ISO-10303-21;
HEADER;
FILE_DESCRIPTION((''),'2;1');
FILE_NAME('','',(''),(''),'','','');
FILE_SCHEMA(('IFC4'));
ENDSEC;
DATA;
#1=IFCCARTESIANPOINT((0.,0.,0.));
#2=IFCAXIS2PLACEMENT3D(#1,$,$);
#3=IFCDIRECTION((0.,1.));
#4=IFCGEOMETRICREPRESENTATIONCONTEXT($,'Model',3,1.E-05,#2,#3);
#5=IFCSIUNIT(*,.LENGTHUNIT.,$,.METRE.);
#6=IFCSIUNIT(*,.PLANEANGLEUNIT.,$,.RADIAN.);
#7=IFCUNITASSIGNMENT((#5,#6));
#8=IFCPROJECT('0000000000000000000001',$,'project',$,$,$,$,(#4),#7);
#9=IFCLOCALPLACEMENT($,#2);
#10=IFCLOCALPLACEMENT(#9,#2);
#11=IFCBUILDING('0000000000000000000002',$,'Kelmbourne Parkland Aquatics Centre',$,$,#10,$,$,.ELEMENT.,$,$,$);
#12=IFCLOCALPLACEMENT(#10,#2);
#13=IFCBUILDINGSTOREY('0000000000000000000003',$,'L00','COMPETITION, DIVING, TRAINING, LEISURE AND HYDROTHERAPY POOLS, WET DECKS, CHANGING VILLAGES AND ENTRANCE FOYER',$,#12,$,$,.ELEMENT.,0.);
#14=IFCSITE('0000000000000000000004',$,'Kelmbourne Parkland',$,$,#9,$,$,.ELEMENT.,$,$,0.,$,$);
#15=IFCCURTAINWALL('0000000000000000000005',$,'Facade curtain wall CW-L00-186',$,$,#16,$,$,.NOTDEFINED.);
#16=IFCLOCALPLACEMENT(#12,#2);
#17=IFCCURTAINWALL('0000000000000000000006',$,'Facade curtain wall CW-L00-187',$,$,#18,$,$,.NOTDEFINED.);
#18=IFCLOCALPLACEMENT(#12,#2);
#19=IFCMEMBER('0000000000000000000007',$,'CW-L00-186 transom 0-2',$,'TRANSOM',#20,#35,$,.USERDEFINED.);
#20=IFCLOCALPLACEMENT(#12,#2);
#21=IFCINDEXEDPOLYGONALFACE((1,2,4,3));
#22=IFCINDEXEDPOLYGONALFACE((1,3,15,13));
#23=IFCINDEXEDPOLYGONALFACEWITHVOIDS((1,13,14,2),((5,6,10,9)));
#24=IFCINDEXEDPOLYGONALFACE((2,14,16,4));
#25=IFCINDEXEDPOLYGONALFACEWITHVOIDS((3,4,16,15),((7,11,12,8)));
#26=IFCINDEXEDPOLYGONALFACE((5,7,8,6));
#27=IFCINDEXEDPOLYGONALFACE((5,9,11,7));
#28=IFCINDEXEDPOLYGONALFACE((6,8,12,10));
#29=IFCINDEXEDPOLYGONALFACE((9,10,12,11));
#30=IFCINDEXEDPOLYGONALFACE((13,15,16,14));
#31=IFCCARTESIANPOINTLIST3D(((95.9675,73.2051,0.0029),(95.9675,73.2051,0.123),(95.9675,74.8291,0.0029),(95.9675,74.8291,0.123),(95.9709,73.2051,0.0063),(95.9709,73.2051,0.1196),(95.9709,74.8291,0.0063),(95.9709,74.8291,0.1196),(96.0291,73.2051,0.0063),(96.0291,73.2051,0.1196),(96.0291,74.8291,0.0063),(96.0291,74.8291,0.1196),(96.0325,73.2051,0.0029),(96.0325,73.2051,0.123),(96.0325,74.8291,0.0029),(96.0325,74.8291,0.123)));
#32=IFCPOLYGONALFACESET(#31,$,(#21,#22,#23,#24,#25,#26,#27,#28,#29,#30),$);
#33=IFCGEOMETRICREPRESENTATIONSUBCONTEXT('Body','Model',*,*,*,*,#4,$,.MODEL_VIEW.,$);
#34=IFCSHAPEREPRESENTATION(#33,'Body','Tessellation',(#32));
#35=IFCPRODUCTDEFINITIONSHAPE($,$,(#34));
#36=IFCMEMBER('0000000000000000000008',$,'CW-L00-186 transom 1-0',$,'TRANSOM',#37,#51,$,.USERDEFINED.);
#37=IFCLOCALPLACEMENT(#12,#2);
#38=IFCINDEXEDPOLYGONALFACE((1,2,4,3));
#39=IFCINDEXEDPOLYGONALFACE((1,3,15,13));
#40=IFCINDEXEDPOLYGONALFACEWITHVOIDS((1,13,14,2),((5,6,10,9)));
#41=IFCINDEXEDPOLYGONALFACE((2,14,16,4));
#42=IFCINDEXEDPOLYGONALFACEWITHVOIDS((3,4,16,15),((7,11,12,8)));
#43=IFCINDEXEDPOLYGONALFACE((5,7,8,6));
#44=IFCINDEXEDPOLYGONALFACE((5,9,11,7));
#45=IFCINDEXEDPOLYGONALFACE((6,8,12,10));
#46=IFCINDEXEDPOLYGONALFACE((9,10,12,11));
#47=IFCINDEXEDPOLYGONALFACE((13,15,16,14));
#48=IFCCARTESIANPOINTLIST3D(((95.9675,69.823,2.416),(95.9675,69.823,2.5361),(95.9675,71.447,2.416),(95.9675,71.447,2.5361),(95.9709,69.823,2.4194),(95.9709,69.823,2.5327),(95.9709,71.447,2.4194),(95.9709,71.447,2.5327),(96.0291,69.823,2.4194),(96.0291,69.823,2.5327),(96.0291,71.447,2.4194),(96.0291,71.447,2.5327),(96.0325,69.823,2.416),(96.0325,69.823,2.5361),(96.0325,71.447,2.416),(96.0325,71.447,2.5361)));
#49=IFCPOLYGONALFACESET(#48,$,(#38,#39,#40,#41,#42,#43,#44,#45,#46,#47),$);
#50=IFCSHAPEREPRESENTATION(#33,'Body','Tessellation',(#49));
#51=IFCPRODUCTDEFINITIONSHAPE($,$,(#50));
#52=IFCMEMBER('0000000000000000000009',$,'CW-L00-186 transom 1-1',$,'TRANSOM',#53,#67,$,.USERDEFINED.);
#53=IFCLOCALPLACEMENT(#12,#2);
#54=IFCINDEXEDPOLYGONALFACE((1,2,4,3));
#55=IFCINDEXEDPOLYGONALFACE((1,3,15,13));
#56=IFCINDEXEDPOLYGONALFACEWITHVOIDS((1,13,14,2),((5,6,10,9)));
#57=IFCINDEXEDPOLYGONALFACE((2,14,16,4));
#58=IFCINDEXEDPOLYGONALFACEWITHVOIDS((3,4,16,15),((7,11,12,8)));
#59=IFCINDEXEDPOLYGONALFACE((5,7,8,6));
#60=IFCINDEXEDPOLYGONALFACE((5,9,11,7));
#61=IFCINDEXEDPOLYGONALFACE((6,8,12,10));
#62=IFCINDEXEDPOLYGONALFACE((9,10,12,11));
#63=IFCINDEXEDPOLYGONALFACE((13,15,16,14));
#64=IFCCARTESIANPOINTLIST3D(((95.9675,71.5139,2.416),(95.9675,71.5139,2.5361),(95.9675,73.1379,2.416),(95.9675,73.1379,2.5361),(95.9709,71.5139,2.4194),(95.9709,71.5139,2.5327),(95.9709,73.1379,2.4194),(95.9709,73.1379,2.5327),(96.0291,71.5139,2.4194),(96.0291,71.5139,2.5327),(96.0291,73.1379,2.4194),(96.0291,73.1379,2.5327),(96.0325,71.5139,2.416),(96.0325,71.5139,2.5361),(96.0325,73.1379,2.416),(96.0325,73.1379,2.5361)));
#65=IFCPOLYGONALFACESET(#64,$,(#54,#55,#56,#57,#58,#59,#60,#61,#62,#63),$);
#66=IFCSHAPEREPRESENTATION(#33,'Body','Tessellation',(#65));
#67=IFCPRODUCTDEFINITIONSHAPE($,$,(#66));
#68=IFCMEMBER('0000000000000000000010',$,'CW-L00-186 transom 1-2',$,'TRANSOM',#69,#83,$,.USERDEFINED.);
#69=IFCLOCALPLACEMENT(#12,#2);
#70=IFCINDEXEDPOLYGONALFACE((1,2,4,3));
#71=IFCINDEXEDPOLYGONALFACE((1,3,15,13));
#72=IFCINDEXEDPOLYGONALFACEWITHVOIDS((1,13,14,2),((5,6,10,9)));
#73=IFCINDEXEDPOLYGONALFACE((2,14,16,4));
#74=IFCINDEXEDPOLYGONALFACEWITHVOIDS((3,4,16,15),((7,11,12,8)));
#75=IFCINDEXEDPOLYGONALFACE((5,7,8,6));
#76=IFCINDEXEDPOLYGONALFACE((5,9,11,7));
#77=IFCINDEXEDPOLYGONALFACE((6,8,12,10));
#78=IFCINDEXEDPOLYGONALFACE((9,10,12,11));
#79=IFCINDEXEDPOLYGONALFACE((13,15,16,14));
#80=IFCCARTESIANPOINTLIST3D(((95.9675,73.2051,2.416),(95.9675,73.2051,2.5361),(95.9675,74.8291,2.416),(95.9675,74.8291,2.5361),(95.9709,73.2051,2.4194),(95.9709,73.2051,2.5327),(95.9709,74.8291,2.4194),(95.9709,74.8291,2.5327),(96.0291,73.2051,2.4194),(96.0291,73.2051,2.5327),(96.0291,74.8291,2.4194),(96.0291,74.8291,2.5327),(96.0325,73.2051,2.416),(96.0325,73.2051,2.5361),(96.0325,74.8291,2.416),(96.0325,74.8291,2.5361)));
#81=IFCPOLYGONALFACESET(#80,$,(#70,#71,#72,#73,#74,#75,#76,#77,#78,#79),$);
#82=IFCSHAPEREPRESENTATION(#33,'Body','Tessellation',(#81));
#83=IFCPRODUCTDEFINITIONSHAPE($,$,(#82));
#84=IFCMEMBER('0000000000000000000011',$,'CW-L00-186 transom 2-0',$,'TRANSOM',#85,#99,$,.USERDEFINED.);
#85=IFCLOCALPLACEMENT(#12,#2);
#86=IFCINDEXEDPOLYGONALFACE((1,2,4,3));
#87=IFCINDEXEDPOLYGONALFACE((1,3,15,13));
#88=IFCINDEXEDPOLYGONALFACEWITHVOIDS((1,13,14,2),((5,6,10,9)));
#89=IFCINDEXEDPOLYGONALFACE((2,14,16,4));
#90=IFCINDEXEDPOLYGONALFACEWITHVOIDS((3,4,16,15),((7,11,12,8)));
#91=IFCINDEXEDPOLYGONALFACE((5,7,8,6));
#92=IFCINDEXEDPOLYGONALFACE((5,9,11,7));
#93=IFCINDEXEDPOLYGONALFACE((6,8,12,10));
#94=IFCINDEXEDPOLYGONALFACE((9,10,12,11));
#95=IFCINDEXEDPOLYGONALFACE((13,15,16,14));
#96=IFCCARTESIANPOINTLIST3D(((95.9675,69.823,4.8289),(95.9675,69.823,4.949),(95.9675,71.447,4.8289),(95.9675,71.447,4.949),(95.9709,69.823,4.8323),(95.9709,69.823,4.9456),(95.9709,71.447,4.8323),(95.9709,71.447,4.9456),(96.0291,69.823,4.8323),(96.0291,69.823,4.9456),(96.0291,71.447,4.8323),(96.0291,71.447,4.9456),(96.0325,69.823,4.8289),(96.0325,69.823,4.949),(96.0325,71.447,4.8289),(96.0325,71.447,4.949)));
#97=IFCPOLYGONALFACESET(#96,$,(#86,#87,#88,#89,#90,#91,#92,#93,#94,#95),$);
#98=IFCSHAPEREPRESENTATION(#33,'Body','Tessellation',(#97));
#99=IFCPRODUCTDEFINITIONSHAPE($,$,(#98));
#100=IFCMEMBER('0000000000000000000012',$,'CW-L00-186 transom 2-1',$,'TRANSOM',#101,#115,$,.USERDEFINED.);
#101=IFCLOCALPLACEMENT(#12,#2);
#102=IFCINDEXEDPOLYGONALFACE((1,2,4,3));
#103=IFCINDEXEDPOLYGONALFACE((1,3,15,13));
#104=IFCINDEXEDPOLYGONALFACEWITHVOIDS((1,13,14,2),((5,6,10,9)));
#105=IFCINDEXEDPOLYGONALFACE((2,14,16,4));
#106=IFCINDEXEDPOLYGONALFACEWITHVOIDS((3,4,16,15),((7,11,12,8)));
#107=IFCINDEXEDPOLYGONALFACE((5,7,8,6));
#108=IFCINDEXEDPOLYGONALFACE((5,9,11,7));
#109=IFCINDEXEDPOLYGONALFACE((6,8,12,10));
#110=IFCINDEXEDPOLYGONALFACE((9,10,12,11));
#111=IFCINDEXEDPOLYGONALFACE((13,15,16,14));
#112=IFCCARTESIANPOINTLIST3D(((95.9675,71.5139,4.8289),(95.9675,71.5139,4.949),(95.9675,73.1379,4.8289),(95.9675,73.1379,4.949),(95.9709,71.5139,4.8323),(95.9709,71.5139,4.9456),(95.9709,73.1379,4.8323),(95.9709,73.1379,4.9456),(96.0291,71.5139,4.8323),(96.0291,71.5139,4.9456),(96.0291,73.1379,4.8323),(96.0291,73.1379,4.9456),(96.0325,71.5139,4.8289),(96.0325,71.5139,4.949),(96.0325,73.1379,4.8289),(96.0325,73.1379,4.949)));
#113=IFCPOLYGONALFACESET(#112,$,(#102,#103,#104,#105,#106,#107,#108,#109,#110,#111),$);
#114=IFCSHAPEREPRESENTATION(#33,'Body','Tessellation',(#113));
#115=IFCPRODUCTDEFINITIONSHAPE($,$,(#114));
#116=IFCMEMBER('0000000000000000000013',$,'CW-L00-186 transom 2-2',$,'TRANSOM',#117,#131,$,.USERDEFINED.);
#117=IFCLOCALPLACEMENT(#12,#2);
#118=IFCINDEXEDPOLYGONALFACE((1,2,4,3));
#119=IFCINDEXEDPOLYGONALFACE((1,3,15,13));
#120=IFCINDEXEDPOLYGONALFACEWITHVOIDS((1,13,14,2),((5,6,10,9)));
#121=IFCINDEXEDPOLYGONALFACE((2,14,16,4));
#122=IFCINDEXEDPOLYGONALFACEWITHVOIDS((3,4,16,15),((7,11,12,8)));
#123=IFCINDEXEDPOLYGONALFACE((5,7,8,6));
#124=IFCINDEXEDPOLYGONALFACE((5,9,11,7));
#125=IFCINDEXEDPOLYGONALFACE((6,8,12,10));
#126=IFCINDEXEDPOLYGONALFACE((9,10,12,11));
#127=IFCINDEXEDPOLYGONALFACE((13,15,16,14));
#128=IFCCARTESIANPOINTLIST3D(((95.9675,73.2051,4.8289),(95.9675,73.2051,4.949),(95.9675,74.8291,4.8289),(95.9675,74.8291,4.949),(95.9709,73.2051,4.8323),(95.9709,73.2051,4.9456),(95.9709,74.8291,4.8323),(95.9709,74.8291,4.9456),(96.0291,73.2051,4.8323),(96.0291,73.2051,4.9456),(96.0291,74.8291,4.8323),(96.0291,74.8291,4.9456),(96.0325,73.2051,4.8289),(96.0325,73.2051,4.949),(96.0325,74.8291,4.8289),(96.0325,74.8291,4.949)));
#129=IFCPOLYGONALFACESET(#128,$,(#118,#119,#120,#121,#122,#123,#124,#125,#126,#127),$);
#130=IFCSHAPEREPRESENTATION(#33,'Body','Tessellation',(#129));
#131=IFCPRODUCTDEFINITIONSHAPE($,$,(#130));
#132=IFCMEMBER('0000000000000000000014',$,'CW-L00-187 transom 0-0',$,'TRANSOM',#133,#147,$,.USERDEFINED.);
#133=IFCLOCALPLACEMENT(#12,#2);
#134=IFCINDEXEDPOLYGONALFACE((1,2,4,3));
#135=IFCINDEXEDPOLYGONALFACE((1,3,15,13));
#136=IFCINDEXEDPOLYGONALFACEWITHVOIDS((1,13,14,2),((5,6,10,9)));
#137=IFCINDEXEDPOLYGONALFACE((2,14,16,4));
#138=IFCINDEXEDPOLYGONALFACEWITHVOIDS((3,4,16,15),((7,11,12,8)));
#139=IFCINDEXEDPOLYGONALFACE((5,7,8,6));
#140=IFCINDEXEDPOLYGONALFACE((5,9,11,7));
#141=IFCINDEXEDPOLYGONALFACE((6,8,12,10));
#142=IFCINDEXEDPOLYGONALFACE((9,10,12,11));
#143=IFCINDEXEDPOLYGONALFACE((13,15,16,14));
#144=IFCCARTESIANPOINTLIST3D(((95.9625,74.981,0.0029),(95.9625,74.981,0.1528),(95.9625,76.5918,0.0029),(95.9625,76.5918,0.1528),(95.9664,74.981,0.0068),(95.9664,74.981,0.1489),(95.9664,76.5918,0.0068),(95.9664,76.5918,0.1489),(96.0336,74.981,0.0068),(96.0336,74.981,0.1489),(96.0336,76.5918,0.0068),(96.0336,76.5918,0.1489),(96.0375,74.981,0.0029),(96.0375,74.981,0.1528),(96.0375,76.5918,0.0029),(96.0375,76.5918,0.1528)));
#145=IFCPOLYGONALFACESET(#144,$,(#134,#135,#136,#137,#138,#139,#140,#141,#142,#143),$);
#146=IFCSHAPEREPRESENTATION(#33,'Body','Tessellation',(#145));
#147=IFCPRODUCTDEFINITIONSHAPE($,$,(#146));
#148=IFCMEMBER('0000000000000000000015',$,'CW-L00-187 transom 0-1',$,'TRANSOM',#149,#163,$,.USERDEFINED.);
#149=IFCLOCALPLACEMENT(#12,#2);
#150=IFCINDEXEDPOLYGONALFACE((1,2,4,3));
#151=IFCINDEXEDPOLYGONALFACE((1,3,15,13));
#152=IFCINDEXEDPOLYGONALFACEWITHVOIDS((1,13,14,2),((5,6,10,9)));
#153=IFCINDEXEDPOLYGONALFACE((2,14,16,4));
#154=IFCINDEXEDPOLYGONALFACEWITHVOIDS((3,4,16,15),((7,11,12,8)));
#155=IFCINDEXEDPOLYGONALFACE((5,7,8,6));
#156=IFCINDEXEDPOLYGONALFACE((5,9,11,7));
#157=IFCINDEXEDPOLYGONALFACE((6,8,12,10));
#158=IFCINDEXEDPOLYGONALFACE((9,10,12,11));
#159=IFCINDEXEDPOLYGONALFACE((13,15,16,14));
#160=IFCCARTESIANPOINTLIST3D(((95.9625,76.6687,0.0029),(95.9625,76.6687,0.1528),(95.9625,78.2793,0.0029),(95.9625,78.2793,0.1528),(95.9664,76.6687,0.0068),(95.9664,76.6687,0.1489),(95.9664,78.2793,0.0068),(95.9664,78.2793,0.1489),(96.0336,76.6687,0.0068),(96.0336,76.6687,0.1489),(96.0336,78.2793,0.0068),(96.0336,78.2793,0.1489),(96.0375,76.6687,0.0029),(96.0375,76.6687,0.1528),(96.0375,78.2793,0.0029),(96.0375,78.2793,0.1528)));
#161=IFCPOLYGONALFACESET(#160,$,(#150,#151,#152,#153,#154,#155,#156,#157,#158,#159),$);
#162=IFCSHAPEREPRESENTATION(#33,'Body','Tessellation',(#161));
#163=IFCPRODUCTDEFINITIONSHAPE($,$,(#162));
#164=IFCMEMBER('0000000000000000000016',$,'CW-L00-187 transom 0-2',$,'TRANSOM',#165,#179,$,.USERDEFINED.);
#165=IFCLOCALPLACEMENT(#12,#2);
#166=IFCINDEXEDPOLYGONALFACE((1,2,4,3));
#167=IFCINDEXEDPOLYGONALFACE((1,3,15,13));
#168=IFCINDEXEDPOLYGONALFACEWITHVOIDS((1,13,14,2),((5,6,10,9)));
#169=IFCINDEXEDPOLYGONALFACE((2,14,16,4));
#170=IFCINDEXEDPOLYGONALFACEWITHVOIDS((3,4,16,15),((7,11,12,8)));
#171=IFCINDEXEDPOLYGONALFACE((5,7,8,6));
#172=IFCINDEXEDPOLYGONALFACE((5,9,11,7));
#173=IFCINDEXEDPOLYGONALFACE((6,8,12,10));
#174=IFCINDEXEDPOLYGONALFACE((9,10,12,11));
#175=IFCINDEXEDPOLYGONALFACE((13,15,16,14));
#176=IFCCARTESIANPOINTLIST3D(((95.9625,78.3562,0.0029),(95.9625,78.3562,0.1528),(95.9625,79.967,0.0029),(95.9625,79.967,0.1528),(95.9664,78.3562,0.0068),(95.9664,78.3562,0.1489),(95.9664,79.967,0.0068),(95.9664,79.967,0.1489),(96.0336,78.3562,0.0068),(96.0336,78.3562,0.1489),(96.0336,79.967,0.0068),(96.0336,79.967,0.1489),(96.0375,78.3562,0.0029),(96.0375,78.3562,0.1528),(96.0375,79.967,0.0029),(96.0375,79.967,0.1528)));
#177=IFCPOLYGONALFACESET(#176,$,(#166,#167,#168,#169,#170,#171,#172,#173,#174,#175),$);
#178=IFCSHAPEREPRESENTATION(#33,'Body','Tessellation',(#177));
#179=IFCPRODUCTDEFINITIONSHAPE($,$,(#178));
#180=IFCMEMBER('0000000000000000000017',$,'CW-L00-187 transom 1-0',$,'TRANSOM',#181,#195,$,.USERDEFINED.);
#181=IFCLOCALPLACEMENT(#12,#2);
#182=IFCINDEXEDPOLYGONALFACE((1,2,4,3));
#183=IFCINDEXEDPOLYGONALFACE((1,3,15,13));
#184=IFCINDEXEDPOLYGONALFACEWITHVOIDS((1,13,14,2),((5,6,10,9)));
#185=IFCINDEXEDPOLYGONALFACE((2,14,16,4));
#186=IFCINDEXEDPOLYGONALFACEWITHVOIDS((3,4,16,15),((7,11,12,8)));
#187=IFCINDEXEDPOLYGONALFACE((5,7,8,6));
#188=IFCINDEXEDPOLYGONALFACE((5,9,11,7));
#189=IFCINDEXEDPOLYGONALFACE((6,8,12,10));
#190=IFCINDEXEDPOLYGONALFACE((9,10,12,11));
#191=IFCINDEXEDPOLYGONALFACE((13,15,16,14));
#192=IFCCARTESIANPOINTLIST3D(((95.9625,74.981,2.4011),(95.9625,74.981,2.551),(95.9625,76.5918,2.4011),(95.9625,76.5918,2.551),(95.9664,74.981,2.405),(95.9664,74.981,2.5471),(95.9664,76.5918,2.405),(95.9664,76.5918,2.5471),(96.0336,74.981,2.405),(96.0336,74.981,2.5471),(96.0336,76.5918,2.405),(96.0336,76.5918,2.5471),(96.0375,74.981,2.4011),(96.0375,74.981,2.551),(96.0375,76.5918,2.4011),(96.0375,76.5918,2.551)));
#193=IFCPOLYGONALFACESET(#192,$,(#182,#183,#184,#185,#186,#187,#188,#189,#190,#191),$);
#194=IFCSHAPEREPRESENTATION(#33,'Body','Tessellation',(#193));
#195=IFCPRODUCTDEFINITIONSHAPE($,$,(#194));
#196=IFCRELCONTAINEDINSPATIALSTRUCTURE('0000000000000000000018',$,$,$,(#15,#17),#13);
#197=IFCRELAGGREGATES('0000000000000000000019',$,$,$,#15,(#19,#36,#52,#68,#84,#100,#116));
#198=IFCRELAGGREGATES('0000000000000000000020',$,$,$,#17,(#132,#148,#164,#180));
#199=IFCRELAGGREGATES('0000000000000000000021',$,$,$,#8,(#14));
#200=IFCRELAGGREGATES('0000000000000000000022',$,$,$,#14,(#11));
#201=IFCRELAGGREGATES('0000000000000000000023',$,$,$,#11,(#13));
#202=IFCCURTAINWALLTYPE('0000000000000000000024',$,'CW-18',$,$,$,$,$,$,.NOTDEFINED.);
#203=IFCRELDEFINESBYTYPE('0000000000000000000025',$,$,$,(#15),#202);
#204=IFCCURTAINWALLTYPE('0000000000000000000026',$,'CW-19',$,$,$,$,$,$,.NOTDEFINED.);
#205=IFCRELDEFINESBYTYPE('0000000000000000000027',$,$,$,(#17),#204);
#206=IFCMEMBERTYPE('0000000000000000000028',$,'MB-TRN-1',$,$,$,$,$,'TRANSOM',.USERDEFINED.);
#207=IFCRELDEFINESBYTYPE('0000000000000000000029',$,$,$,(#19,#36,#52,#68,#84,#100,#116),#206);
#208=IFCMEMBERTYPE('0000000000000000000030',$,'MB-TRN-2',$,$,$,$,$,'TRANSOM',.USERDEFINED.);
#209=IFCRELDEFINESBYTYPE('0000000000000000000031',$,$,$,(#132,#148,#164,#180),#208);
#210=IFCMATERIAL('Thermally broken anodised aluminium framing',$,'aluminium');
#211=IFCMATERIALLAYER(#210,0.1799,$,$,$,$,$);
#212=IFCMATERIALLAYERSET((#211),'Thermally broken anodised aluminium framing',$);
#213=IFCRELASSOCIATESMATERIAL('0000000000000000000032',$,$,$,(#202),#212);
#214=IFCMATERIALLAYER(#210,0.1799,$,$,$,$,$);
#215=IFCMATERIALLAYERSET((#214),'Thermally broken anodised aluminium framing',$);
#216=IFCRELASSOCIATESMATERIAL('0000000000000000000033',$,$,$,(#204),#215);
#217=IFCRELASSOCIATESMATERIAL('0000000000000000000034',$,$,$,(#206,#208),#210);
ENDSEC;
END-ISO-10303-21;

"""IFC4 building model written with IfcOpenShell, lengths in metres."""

from ifc_helpers import new_model, si_unit, direction, frame, origin, origin_2d, place, context, subcontext, project, spatial, hollow_rectangle, extrude, material, layer, layer_set, material_profile, profile_set, type_object, element, aggregate, save


model = new_model("IFC4")

# Units and contexts
model_context = context("Model", 3, precision=1e-05, world=origin(), true_north=direction((0.0, 1.0)))
body_context = subcontext(model_context, "Body", "Model", "MODEL_VIEW")
ifc_project = project(units=[si_unit("LENGTHUNIT", "METRE"), si_unit("PLANEANGLEUNIT", "RADIAN")], contexts=[model_context])

# Site, building, storey
site_placement = place(None, origin())
site = spatial("IfcSite", under=ifc_project, at=site_placement, Name="Kelmbourne Parkland", CompositionType="ELEMENT", RefElevation=0.0)
building_placement = place(site_placement, origin())
building = spatial("IfcBuilding", under=site, at=building_placement, Name="Kelmbourne Parkland Aquatics Centre", CompositionType="ELEMENT")
storey_placement = place(building_placement, origin())
storey = spatial("IfcBuildingStorey", under=building, at=storey_placement, Name="L00", Description="COMPETITION, DIVING, TRAINING, LEISURE AND HYDROTHERAPY POOLS, WET DECKS, CHANGING VILLAGES AND ENTRANCE FOYER", CompositionType="ELEMENT", Elevation=0.0)

# Curtain walls
ifc_material_1 = material(Name="Thermally broken anodised aluminium framing", Category="aluminium")
ifc_layer_1 = layer(ifc_material_1, 0.1799)
ifc_layer_set_1 = layer_set([ifc_layer_1], Name="Thermally broken anodised aluminium framing")
curtain_wall_type_1 = type_object("IfcCurtainWallType", Name="CW-18", PredefinedType="NOTDEFINED", material=ifc_layer_set_1)
curtain_wall_1_placement = place(storey_placement, origin())
curtain_wall_1 = element("IfcCurtainWall", 1, at=curtain_wall_1_placement, inside=storey, type_object=curtain_wall_type_1, Name="Facade curtain wall CW-L00-186", PredefinedType="NOTDEFINED")
ifc_layer_2 = layer(ifc_material_1, 0.1799)
ifc_layer_set_2 = layer_set([ifc_layer_2], Name="Thermally broken anodised aluminium framing")
curtain_wall_type_2 = type_object("IfcCurtainWallType", Name="CW-19", PredefinedType="NOTDEFINED", material=ifc_layer_set_2)
curtain_wall_2_placement = place(storey_placement, origin())
curtain_wall_2 = element("IfcCurtainWall", 2, at=curtain_wall_2_placement, inside=storey, type_object=curtain_wall_type_2, Name="Facade curtain wall CW-L00-187", PredefinedType="NOTDEFINED")

# Members
ifc_material_profile_1 = material_profile(ifc_material_1, hollow_rectangle(XDim=0.0649, YDim=0.1201, WallThickness=0.0034, at=origin_2d()), Name="CW-T 65x120")
ifc_profile_set_1 = profile_set([ifc_material_profile_1], Name="Thermally broken anodised aluminium framing")
member_type_1 = type_object("IfcMemberType", Name="MB-TRN-1", ElementType="TRANSOM", PredefinedType="USERDEFINED", material=ifc_profile_set_1)
member_1_placement = place(storey_placement, frame((96.0, 73.2051, 0.063), z_axis=(0.0, 1.0, 0.0), x_axis=(-1.0, 0.0, 0.0)))
member_1 = element("IfcMember", 3, at=member_1_placement, type_object=member_type_1, Name="CW-L00-186 transom 0-2", ObjectType="TRANSOM", PredefinedType="USERDEFINED", context=body_context, shape_type="SweptSolid", body=[
    extrude(hollow_rectangle(XDim=0.0649, YDim=0.1201, WallThickness=0.0034, at=origin_2d()), origin(), (0.0, 0.0, 1.0), 1.624),
])
member_2_placement = place(storey_placement, frame((96.0, 69.823, 2.4761), z_axis=(0.0, 1.0, 0.0), x_axis=(-1.0, 0.0, 0.0)))
member_2 = element("IfcMember", 4, at=member_2_placement, type_object=member_type_1, Name="CW-L00-186 transom 1-0", ObjectType="TRANSOM", PredefinedType="USERDEFINED", context=body_context, shape_type="SweptSolid", body=[
    extrude(hollow_rectangle(XDim=0.0649, YDim=0.1201, WallThickness=0.0034, at=origin_2d()), origin(), (0.0, 0.0, 1.0), 1.624),
])
member_3_placement = place(storey_placement, frame((96.0, 71.5139, 2.4761), z_axis=(0.0, 1.0, 0.0), x_axis=(-1.0, 0.0, 0.0)))
member_3 = element("IfcMember", 5, at=member_3_placement, type_object=member_type_1, Name="CW-L00-186 transom 1-1", ObjectType="TRANSOM", PredefinedType="USERDEFINED", context=body_context, shape_type="SweptSolid", body=[
    extrude(hollow_rectangle(XDim=0.0649, YDim=0.1201, WallThickness=0.0034, at=origin_2d()), origin(), (0.0, 0.0, 1.0), 1.624),
])
member_4_placement = place(storey_placement, frame((96.0, 73.2051, 2.4761), z_axis=(0.0, 1.0, 0.0), x_axis=(-1.0, 0.0, 0.0)))
member_4 = element("IfcMember", 6, at=member_4_placement, type_object=member_type_1, Name="CW-L00-186 transom 1-2", ObjectType="TRANSOM", PredefinedType="USERDEFINED", context=body_context, shape_type="SweptSolid", body=[
    extrude(hollow_rectangle(XDim=0.0649, YDim=0.1201, WallThickness=0.0034, at=origin_2d()), origin(), (0.0, 0.0, 1.0), 1.624),
])
member_5_placement = place(storey_placement, frame((96.0, 69.823, 4.8889), z_axis=(0.0, 1.0, 0.0), x_axis=(-1.0, 0.0, 0.0)))
member_5 = element("IfcMember", 7, at=member_5_placement, type_object=member_type_1, Name="CW-L00-186 transom 2-0", ObjectType="TRANSOM", PredefinedType="USERDEFINED", context=body_context, shape_type="SweptSolid", body=[
    extrude(hollow_rectangle(XDim=0.0649, YDim=0.1201, WallThickness=0.0034, at=origin_2d()), origin(), (0.0, 0.0, 1.0), 1.624),
])
member_6_placement = place(storey_placement, frame((96.0, 71.5139, 4.8889), z_axis=(0.0, 1.0, 0.0), x_axis=(-1.0, 0.0, 0.0)))
member_6 = element("IfcMember", 8, at=member_6_placement, type_object=member_type_1, Name="CW-L00-186 transom 2-1", ObjectType="TRANSOM", PredefinedType="USERDEFINED", context=body_context, shape_type="SweptSolid", body=[
    extrude(hollow_rectangle(XDim=0.0649, YDim=0.1201, WallThickness=0.0034, at=origin_2d()), origin(), (0.0, 0.0, 1.0), 1.624),
])
member_7_placement = place(storey_placement, frame((96.0, 73.2051, 4.8889), z_axis=(0.0, 1.0, 0.0), x_axis=(-1.0, 0.0, 0.0)))
member_7 = element("IfcMember", 9, at=member_7_placement, type_object=member_type_1, Name="CW-L00-186 transom 2-2", ObjectType="TRANSOM", PredefinedType="USERDEFINED", context=body_context, shape_type="SweptSolid", body=[
    extrude(hollow_rectangle(XDim=0.0649, YDim=0.1201, WallThickness=0.0034, at=origin_2d()), origin(), (0.0, 0.0, 1.0), 1.624),
])
ifc_material_profile_2 = material_profile(ifc_material_1, hollow_rectangle(XDim=0.075, YDim=0.1499, WallThickness=0.0039, at=origin_2d()), Name="CW-T 75x150")
ifc_profile_set_2 = profile_set([ifc_material_profile_2], Name="Thermally broken anodised aluminium framing")
member_type_2 = type_object("IfcMemberType", Name="MB-TRN-2", ElementType="TRANSOM", PredefinedType="USERDEFINED", material=ifc_profile_set_2)
member_8_placement = place(storey_placement, frame((96.0, 74.981, 0.0779), z_axis=(0.0, 1.0, 0.0), x_axis=(-1.0, 0.0, 0.0)))
member_8 = element("IfcMember", 10, at=member_8_placement, type_object=member_type_2, Name="CW-L00-187 transom 0-0", ObjectType="TRANSOM", PredefinedType="USERDEFINED", context=body_context, shape_type="SweptSolid", body=[
    extrude(hollow_rectangle(XDim=0.075, YDim=0.1499, WallThickness=0.0039, at=origin_2d()), origin(), (0.0, 0.0, 1.0), 1.6108),
])
member_9_placement = place(storey_placement, frame((96.0, 76.6687, 0.0779), z_axis=(0.0, 1.0, 0.0), x_axis=(-1.0, 0.0, 0.0)))
member_9 = element("IfcMember", 11, at=member_9_placement, type_object=member_type_2, Name="CW-L00-187 transom 0-1", ObjectType="TRANSOM", PredefinedType="USERDEFINED", context=body_context, shape_type="SweptSolid", body=[
    extrude(hollow_rectangle(XDim=0.075, YDim=0.1499, WallThickness=0.0039, at=origin_2d()), origin(), (0.0, 0.0, 1.0), 1.6106),
])
member_10_placement = place(storey_placement, frame((96.0, 78.3562, 0.0779), z_axis=(0.0, 1.0, 0.0), x_axis=(-1.0, 0.0, 0.0)))
member_10 = element("IfcMember", 12, at=member_10_placement, type_object=member_type_2, Name="CW-L00-187 transom 0-2", ObjectType="TRANSOM", PredefinedType="USERDEFINED", context=body_context, shape_type="SweptSolid", body=[
    extrude(hollow_rectangle(XDim=0.075, YDim=0.1499, WallThickness=0.0039, at=origin_2d()), origin(), (0.0, 0.0, 1.0), 1.6108),
])
member_11_placement = place(storey_placement, frame((96.0, 74.981, 2.4761), z_axis=(0.0, 1.0, 0.0), x_axis=(-1.0, 0.0, 0.0)))
member_11 = element("IfcMember", 13, at=member_11_placement, type_object=member_type_2, Name="CW-L00-187 transom 1-0", ObjectType="TRANSOM", PredefinedType="USERDEFINED", context=body_context, shape_type="SweptSolid", body=[
    extrude(hollow_rectangle(XDim=0.075, YDim=0.1499, WallThickness=0.0039, at=origin_2d()), origin(), (0.0, 0.0, 1.0), 1.6108),
])

aggregate(curtain_wall_1, [member_1, member_2, member_3, member_4, member_5, member_6, member_7])
aggregate(curtain_wall_2, [member_8, member_9, member_10, member_11])

save(model, "model.ifc")
